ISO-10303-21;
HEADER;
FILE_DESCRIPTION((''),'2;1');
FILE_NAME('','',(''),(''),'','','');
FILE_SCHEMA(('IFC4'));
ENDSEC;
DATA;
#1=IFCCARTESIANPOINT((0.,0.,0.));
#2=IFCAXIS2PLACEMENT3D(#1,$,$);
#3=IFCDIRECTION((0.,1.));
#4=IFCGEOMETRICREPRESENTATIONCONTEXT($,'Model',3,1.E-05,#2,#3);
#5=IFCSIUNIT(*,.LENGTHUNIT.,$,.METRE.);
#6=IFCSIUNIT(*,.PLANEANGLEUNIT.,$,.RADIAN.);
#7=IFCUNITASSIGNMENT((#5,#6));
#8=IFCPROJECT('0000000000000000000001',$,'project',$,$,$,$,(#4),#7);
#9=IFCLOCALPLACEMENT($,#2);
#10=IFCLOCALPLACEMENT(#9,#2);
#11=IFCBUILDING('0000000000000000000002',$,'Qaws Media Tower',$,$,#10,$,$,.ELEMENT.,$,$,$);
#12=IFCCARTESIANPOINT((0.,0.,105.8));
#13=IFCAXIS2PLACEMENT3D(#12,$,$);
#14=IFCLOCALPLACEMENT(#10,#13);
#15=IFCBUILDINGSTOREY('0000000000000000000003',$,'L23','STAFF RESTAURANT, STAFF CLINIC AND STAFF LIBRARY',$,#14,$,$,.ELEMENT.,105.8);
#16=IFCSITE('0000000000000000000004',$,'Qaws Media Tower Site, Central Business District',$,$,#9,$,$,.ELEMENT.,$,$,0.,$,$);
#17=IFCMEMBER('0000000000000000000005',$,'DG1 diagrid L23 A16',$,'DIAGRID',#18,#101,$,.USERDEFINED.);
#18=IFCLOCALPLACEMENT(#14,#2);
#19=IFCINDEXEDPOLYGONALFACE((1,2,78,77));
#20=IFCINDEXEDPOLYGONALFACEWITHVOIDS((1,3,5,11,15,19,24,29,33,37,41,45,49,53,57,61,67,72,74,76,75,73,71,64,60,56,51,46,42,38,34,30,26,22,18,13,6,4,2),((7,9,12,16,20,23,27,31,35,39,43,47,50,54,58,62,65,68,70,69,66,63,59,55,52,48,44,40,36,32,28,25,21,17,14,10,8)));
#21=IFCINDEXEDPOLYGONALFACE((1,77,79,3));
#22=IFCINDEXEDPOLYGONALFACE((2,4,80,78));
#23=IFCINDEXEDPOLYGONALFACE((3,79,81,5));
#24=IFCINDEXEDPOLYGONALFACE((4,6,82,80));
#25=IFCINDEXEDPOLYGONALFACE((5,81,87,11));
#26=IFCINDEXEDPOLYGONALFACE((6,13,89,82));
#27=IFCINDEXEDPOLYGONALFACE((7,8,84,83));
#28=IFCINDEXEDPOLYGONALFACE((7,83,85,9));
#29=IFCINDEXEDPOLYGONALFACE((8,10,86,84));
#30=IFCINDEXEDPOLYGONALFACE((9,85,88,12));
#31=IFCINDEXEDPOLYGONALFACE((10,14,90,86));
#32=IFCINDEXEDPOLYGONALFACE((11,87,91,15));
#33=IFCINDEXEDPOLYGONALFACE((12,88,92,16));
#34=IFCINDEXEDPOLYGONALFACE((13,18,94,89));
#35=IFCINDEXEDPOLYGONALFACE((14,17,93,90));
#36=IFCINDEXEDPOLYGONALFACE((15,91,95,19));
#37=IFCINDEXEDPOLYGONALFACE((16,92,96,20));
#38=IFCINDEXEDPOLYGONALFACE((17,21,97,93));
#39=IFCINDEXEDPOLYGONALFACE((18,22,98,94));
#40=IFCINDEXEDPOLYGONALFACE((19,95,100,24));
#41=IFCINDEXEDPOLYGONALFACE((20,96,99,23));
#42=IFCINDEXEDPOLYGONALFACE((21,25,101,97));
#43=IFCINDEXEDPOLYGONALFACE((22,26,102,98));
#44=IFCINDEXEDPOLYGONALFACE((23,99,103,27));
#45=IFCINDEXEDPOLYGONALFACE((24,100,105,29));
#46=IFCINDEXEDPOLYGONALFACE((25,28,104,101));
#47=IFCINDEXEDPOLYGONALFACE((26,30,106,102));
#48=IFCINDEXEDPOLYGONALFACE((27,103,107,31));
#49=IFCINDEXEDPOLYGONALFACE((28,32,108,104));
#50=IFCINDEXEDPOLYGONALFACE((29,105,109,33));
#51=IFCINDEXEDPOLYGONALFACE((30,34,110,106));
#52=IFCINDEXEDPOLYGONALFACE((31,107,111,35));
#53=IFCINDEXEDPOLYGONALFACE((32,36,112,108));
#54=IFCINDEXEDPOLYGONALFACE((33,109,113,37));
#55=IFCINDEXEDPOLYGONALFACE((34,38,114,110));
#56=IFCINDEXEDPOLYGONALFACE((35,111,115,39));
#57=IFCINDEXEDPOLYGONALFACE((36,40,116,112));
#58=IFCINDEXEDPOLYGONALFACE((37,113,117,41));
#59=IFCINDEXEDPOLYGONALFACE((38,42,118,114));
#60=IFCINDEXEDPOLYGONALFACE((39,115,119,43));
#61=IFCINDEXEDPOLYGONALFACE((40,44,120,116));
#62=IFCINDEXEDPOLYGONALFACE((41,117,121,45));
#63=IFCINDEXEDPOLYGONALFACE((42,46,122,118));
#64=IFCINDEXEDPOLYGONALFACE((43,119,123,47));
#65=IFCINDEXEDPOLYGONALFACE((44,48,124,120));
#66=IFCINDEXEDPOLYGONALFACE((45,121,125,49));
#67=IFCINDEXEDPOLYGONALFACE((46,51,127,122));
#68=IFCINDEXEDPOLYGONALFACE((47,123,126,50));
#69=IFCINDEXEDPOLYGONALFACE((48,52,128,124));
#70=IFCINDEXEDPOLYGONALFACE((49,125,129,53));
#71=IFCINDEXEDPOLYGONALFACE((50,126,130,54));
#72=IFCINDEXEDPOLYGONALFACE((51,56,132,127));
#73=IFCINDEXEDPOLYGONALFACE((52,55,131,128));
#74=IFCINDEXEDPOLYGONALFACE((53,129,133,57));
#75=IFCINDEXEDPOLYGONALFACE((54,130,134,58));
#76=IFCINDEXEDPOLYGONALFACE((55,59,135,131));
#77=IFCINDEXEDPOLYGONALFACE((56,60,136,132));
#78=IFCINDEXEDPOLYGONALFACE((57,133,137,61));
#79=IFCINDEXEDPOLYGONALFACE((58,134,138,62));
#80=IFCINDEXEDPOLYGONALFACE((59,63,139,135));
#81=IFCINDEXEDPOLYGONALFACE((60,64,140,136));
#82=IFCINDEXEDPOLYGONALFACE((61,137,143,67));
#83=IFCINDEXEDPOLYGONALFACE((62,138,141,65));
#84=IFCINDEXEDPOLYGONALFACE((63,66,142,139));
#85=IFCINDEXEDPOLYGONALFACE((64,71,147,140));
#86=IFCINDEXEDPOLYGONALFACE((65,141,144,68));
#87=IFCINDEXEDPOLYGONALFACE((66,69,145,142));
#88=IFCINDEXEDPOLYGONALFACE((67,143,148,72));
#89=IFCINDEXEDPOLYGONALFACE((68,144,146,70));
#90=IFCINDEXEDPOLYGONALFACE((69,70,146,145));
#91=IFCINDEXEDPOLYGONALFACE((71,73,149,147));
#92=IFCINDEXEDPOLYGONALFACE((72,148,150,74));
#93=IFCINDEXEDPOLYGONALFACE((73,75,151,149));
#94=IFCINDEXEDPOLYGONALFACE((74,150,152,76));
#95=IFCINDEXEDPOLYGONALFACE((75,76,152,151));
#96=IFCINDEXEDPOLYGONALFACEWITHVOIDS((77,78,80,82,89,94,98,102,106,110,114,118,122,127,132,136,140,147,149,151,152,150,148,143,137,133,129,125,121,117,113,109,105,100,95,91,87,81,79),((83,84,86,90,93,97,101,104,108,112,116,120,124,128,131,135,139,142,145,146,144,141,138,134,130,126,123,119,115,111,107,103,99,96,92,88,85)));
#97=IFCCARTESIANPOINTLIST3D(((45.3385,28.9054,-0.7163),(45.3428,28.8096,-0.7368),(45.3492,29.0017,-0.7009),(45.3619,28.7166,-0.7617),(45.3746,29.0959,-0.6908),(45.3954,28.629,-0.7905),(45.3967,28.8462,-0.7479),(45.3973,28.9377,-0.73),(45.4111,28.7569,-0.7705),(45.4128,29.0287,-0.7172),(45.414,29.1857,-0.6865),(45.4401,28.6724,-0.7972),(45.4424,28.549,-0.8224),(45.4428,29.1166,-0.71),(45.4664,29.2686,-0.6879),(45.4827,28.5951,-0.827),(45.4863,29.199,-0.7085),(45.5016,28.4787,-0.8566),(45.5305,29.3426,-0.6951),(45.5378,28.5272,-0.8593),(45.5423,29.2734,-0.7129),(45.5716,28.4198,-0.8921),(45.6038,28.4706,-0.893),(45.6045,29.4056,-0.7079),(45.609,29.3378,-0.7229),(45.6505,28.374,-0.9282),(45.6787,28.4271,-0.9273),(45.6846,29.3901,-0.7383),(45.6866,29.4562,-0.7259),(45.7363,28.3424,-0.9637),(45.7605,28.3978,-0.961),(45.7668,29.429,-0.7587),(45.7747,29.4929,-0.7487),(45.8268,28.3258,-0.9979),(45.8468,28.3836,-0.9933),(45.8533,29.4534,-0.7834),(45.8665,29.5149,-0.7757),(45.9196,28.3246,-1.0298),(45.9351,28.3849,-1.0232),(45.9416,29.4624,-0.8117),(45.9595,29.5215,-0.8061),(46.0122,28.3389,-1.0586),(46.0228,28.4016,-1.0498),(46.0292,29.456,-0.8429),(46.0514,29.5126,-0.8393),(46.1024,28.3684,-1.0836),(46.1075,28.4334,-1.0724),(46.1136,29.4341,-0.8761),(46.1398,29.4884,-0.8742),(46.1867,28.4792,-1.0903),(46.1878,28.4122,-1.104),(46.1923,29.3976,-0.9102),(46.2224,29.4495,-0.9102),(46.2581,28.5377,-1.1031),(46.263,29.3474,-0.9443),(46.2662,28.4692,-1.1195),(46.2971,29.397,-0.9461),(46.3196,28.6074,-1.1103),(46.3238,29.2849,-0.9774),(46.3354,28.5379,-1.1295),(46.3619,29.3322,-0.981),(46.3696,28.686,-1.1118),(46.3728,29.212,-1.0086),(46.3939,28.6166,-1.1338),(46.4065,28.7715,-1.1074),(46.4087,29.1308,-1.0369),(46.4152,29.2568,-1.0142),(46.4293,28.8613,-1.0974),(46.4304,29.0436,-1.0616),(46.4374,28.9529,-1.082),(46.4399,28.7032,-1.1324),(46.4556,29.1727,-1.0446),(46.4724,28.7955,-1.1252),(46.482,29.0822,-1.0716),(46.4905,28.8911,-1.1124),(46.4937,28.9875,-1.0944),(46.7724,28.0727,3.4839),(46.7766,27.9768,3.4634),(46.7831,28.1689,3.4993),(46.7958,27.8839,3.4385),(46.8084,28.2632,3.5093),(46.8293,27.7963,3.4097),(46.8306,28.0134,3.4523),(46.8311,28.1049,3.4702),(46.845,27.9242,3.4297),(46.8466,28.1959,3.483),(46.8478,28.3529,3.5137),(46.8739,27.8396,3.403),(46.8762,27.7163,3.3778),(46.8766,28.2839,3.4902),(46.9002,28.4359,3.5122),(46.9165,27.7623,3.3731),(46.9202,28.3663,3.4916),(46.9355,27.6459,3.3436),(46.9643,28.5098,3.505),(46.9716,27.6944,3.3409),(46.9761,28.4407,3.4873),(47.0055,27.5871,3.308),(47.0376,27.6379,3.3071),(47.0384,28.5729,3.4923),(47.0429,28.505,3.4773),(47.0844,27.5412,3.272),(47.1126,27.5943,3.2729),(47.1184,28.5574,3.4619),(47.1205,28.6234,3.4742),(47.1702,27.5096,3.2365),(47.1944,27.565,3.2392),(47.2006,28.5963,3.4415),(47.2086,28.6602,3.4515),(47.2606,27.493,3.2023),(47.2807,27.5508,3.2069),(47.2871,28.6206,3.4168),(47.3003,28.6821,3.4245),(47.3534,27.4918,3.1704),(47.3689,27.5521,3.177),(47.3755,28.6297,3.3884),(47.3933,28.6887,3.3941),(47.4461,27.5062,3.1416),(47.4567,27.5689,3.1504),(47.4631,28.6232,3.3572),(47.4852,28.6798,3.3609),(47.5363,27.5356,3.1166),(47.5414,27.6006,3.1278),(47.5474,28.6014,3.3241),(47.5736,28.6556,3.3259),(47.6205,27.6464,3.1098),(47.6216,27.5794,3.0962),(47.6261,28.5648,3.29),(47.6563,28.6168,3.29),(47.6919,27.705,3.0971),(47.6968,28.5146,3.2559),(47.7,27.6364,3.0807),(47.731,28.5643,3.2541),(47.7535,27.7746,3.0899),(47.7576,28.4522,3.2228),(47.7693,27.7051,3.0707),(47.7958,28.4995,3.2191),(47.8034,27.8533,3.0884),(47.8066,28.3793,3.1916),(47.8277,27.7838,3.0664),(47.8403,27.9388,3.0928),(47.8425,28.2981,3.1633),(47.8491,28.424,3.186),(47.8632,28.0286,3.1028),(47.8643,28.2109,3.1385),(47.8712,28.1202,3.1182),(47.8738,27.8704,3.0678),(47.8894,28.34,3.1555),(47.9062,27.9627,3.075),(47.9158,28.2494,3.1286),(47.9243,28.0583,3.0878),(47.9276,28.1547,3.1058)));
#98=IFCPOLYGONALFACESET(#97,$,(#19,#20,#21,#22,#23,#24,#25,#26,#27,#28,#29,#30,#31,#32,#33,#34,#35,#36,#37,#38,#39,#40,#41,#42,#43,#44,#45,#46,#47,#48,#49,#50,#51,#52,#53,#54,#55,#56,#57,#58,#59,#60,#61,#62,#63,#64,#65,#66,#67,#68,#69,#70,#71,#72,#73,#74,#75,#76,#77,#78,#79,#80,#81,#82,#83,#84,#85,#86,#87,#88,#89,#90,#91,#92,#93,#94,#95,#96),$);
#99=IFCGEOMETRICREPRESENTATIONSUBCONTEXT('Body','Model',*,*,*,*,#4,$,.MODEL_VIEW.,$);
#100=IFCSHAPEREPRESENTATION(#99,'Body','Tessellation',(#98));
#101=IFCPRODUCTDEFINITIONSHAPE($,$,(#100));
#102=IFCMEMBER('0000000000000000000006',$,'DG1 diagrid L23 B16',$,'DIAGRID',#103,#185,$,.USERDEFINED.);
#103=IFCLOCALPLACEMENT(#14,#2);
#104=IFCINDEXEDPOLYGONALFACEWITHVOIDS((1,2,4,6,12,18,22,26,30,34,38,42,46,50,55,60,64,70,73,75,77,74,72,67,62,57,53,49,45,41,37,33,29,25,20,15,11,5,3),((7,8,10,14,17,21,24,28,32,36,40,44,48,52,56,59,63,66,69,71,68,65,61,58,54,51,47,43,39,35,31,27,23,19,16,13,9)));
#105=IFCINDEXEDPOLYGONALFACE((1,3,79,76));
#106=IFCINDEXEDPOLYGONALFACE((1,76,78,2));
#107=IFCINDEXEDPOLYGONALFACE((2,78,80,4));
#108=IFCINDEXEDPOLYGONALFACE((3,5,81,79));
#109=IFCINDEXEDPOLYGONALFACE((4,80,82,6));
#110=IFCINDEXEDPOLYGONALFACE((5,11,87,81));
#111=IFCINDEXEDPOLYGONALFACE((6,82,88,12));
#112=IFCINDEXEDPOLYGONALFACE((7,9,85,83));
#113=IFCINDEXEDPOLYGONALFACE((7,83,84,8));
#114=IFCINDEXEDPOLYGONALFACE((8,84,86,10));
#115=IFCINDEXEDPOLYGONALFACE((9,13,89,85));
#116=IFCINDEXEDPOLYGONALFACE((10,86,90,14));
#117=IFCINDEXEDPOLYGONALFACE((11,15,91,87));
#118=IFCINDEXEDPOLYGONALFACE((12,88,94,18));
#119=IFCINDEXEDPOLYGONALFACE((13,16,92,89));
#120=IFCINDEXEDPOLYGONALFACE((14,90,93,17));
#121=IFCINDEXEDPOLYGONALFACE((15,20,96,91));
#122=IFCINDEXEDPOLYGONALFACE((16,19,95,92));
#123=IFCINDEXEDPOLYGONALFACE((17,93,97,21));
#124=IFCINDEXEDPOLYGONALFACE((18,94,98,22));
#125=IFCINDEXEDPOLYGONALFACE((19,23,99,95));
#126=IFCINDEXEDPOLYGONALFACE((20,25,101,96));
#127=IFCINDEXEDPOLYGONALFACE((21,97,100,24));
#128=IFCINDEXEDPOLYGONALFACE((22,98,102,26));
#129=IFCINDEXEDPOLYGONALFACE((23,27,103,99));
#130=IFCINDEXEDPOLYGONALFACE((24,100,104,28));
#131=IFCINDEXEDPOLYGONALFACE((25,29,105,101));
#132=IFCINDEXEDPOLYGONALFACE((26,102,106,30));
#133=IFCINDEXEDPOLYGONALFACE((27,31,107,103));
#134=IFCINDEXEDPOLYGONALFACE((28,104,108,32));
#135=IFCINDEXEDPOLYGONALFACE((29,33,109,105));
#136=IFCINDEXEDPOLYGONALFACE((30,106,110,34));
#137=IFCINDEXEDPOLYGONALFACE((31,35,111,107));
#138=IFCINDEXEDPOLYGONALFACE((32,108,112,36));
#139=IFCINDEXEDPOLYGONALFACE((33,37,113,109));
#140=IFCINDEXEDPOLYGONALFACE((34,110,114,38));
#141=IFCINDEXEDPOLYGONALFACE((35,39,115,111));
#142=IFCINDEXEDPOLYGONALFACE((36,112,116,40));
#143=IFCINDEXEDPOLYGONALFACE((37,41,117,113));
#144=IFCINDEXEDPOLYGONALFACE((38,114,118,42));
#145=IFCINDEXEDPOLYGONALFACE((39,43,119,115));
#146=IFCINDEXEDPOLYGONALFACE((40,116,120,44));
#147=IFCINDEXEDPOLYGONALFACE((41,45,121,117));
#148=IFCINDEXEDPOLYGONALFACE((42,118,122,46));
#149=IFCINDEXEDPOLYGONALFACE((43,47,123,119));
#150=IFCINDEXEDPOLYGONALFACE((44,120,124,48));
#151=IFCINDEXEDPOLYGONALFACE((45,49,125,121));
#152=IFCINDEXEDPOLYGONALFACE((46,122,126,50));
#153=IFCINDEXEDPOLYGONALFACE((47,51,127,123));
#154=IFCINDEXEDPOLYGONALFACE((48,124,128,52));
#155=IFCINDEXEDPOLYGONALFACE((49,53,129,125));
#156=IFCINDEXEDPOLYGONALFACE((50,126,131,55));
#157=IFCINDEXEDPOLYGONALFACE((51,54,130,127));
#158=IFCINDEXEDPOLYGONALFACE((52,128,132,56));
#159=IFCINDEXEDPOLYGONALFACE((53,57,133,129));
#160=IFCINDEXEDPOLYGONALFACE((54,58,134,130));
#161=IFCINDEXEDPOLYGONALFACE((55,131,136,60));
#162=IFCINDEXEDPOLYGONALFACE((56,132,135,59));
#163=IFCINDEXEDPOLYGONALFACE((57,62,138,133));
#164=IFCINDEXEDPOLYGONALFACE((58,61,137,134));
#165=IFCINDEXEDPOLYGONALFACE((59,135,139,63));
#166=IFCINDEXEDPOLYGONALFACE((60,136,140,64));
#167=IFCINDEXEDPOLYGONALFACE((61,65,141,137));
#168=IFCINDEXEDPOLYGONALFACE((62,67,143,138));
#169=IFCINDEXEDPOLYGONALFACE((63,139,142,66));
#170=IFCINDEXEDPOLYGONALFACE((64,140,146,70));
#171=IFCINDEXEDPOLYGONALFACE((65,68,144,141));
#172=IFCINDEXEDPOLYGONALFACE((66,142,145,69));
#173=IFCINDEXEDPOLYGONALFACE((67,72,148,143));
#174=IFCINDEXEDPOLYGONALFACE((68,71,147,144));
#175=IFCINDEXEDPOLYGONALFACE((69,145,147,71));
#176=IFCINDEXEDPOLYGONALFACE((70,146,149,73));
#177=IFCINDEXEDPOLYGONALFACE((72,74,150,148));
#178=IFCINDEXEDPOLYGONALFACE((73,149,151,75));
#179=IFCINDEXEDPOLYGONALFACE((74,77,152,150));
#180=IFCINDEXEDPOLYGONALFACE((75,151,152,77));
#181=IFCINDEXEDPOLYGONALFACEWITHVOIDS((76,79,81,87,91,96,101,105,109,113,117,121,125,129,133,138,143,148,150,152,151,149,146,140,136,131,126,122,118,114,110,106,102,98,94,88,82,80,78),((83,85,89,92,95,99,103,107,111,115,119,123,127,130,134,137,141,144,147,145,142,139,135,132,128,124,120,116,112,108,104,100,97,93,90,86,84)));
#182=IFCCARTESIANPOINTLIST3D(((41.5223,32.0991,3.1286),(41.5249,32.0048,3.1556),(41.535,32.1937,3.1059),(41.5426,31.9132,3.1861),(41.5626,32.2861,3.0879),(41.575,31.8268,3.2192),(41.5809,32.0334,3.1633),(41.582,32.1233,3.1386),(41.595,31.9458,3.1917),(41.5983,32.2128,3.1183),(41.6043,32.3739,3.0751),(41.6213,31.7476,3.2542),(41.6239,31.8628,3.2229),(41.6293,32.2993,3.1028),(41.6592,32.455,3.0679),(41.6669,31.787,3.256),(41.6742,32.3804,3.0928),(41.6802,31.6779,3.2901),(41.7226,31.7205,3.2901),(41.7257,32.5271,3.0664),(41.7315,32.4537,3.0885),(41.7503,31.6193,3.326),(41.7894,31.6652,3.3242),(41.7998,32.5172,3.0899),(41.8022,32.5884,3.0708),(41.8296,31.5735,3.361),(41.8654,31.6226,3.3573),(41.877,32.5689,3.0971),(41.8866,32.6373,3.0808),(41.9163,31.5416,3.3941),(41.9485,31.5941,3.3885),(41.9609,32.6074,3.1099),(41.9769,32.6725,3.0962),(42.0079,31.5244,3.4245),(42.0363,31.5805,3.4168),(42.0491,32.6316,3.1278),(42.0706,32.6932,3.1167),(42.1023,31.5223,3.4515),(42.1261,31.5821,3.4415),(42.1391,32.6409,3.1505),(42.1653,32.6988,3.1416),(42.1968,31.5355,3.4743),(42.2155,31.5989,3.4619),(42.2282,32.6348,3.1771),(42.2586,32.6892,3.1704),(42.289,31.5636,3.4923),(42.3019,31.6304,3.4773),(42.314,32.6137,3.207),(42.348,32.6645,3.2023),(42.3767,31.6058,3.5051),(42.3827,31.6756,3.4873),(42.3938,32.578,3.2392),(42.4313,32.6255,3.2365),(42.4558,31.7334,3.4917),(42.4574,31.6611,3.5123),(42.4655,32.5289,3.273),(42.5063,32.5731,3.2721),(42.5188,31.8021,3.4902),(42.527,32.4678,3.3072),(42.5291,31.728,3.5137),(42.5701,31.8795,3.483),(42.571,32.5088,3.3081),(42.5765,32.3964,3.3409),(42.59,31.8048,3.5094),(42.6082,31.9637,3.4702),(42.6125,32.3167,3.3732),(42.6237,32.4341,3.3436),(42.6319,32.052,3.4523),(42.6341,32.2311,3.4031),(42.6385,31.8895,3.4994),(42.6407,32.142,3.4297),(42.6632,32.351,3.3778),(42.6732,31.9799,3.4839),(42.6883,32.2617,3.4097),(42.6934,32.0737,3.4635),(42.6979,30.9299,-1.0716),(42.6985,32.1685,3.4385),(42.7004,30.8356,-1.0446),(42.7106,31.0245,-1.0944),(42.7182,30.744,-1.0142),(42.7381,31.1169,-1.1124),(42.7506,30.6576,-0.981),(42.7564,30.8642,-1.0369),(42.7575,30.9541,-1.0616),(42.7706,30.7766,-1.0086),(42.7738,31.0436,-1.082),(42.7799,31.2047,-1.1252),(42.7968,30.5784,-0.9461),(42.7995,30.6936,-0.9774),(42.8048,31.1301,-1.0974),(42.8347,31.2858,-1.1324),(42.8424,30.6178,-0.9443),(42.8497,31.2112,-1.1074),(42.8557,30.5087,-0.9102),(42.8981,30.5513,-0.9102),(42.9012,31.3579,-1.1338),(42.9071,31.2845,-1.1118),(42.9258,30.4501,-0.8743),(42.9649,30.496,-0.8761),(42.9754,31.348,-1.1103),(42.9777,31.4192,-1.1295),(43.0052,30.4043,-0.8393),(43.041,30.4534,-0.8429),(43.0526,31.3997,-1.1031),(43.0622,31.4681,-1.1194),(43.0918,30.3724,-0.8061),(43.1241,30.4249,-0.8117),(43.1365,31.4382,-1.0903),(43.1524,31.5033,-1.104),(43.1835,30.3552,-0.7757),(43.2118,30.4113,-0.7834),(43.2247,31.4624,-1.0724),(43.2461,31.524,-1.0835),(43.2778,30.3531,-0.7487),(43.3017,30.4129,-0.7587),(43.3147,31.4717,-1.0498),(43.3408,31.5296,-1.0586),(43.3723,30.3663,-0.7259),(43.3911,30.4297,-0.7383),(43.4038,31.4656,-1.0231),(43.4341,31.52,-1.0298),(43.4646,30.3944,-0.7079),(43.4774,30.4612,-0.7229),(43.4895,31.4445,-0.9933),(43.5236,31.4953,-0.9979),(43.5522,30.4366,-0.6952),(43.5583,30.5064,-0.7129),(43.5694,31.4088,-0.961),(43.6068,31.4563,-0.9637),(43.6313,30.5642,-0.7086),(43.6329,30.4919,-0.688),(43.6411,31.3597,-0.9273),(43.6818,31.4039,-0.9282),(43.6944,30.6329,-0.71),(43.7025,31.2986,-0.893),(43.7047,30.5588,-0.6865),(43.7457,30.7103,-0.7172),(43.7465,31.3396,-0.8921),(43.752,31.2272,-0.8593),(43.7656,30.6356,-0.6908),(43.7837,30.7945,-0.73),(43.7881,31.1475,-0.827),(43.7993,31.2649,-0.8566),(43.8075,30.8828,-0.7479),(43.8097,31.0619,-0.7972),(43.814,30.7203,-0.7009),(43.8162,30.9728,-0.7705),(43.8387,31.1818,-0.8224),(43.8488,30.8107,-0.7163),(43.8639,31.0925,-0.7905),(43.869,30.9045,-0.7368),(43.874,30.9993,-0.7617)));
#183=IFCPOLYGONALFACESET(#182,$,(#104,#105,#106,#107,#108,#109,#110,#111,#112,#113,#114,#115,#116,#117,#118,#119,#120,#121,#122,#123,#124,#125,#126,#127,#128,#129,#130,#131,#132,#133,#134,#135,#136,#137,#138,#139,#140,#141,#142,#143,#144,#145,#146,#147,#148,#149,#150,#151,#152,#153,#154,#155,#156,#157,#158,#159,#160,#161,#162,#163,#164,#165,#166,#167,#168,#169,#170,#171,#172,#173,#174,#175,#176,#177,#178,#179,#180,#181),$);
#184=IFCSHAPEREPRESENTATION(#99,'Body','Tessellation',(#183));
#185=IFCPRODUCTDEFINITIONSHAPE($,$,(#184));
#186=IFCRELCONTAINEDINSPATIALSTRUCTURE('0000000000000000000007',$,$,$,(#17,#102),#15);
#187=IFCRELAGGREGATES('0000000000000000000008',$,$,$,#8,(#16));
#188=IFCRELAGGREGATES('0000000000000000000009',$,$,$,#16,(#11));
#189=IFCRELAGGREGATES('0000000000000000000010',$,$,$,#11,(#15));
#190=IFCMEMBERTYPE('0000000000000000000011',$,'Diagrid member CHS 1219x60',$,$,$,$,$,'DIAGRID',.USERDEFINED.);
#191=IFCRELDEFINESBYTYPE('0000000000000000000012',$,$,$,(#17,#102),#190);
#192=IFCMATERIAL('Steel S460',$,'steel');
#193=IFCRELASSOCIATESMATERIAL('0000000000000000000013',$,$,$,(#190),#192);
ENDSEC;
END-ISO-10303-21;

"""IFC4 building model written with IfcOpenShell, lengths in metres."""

from ifc_helpers import new_model, si_unit, direction, frame, origin, origin_2d, place, context, subcontext, project, spatial, hollow_circle, extrude, material, material_profile, profile_set, type_object, element, save


model = new_model("IFC4")

# Units and contexts
model_context = context("Model", 3, precision=1e-05, world=origin(), true_north=direction((0.0, 1.0)))
body_context = subcontext(model_context, "Body", "Model", "MODEL_VIEW")
ifc_project = project(units=[si_unit("LENGTHUNIT", "METRE"), si_unit("PLANEANGLEUNIT", "RADIAN")], contexts=[model_context])

# Site, building, storey
site_placement = place(None, origin())
site = spatial("IfcSite", under=ifc_project, at=site_placement, Name="Qaws Media Tower Site, Central Business District", CompositionType="ELEMENT", RefElevation=0.0)
building_placement = place(site_placement, origin())
building = spatial("IfcBuilding", under=site, at=building_placement, Name="Qaws Media Tower", CompositionType="ELEMENT")
storey_placement = place(building_placement, frame((0.0, 0.0, 105.8)))
storey = spatial("IfcBuildingStorey", under=building, at=storey_placement, Name="L23", Description="STAFF RESTAURANT, STAFF CLINIC AND STAFF LIBRARY", CompositionType="ELEMENT", Elevation=105.8)

# Members
ifc_material_1 = material(Name="Steel S460", Category="steel")
ifc_material_profile_1 = material_profile(ifc_material_1, hollow_circle(Radius=0.6096, WallThickness=0.0601, at=origin_2d()), Name="CHS 1219x60")
ifc_profile_set_1 = profile_set([ifc_material_profile_1], Name="Steel S460")
member_type_1 = type_object("IfcMemberType", Name="Diagrid member CHS 1219x60", ElementType="DIAGRID", PredefinedType="USERDEFINED", material=ifc_profile_set_1)
for number, where, z_axis, x_axis, name in (
    (1, (45.9163, 28.9224, -0.9102), (0.317527, -0.184418, 0.930143), (0.502231, 0.864733, 0.0), "DG1 diagrid L23 A16"),
    (2, (43.2856, 30.9409, -0.9102), (-0.260329, 0.258923, 0.930155), (-0.70519, -0.709018, 0.0), "DG1 diagrid L23 B16"),
):
    element("IfcMember", number, at=place(storey_placement, frame(where, z_axis=z_axis, x_axis=x_axis)), inside=storey, type_object=member_type_1, Name=name, ObjectType="DIAGRID", PredefinedType="USERDEFINED", context=body_context, shape_type="SweptSolid", body=[
        extrude(hollow_circle(Radius=0.6096, WallThickness=0.0601, at=origin_2d()), origin(), (0.0, 0.0, 1.0), 4.5156),
    ])

save(model, "model.ifc")
